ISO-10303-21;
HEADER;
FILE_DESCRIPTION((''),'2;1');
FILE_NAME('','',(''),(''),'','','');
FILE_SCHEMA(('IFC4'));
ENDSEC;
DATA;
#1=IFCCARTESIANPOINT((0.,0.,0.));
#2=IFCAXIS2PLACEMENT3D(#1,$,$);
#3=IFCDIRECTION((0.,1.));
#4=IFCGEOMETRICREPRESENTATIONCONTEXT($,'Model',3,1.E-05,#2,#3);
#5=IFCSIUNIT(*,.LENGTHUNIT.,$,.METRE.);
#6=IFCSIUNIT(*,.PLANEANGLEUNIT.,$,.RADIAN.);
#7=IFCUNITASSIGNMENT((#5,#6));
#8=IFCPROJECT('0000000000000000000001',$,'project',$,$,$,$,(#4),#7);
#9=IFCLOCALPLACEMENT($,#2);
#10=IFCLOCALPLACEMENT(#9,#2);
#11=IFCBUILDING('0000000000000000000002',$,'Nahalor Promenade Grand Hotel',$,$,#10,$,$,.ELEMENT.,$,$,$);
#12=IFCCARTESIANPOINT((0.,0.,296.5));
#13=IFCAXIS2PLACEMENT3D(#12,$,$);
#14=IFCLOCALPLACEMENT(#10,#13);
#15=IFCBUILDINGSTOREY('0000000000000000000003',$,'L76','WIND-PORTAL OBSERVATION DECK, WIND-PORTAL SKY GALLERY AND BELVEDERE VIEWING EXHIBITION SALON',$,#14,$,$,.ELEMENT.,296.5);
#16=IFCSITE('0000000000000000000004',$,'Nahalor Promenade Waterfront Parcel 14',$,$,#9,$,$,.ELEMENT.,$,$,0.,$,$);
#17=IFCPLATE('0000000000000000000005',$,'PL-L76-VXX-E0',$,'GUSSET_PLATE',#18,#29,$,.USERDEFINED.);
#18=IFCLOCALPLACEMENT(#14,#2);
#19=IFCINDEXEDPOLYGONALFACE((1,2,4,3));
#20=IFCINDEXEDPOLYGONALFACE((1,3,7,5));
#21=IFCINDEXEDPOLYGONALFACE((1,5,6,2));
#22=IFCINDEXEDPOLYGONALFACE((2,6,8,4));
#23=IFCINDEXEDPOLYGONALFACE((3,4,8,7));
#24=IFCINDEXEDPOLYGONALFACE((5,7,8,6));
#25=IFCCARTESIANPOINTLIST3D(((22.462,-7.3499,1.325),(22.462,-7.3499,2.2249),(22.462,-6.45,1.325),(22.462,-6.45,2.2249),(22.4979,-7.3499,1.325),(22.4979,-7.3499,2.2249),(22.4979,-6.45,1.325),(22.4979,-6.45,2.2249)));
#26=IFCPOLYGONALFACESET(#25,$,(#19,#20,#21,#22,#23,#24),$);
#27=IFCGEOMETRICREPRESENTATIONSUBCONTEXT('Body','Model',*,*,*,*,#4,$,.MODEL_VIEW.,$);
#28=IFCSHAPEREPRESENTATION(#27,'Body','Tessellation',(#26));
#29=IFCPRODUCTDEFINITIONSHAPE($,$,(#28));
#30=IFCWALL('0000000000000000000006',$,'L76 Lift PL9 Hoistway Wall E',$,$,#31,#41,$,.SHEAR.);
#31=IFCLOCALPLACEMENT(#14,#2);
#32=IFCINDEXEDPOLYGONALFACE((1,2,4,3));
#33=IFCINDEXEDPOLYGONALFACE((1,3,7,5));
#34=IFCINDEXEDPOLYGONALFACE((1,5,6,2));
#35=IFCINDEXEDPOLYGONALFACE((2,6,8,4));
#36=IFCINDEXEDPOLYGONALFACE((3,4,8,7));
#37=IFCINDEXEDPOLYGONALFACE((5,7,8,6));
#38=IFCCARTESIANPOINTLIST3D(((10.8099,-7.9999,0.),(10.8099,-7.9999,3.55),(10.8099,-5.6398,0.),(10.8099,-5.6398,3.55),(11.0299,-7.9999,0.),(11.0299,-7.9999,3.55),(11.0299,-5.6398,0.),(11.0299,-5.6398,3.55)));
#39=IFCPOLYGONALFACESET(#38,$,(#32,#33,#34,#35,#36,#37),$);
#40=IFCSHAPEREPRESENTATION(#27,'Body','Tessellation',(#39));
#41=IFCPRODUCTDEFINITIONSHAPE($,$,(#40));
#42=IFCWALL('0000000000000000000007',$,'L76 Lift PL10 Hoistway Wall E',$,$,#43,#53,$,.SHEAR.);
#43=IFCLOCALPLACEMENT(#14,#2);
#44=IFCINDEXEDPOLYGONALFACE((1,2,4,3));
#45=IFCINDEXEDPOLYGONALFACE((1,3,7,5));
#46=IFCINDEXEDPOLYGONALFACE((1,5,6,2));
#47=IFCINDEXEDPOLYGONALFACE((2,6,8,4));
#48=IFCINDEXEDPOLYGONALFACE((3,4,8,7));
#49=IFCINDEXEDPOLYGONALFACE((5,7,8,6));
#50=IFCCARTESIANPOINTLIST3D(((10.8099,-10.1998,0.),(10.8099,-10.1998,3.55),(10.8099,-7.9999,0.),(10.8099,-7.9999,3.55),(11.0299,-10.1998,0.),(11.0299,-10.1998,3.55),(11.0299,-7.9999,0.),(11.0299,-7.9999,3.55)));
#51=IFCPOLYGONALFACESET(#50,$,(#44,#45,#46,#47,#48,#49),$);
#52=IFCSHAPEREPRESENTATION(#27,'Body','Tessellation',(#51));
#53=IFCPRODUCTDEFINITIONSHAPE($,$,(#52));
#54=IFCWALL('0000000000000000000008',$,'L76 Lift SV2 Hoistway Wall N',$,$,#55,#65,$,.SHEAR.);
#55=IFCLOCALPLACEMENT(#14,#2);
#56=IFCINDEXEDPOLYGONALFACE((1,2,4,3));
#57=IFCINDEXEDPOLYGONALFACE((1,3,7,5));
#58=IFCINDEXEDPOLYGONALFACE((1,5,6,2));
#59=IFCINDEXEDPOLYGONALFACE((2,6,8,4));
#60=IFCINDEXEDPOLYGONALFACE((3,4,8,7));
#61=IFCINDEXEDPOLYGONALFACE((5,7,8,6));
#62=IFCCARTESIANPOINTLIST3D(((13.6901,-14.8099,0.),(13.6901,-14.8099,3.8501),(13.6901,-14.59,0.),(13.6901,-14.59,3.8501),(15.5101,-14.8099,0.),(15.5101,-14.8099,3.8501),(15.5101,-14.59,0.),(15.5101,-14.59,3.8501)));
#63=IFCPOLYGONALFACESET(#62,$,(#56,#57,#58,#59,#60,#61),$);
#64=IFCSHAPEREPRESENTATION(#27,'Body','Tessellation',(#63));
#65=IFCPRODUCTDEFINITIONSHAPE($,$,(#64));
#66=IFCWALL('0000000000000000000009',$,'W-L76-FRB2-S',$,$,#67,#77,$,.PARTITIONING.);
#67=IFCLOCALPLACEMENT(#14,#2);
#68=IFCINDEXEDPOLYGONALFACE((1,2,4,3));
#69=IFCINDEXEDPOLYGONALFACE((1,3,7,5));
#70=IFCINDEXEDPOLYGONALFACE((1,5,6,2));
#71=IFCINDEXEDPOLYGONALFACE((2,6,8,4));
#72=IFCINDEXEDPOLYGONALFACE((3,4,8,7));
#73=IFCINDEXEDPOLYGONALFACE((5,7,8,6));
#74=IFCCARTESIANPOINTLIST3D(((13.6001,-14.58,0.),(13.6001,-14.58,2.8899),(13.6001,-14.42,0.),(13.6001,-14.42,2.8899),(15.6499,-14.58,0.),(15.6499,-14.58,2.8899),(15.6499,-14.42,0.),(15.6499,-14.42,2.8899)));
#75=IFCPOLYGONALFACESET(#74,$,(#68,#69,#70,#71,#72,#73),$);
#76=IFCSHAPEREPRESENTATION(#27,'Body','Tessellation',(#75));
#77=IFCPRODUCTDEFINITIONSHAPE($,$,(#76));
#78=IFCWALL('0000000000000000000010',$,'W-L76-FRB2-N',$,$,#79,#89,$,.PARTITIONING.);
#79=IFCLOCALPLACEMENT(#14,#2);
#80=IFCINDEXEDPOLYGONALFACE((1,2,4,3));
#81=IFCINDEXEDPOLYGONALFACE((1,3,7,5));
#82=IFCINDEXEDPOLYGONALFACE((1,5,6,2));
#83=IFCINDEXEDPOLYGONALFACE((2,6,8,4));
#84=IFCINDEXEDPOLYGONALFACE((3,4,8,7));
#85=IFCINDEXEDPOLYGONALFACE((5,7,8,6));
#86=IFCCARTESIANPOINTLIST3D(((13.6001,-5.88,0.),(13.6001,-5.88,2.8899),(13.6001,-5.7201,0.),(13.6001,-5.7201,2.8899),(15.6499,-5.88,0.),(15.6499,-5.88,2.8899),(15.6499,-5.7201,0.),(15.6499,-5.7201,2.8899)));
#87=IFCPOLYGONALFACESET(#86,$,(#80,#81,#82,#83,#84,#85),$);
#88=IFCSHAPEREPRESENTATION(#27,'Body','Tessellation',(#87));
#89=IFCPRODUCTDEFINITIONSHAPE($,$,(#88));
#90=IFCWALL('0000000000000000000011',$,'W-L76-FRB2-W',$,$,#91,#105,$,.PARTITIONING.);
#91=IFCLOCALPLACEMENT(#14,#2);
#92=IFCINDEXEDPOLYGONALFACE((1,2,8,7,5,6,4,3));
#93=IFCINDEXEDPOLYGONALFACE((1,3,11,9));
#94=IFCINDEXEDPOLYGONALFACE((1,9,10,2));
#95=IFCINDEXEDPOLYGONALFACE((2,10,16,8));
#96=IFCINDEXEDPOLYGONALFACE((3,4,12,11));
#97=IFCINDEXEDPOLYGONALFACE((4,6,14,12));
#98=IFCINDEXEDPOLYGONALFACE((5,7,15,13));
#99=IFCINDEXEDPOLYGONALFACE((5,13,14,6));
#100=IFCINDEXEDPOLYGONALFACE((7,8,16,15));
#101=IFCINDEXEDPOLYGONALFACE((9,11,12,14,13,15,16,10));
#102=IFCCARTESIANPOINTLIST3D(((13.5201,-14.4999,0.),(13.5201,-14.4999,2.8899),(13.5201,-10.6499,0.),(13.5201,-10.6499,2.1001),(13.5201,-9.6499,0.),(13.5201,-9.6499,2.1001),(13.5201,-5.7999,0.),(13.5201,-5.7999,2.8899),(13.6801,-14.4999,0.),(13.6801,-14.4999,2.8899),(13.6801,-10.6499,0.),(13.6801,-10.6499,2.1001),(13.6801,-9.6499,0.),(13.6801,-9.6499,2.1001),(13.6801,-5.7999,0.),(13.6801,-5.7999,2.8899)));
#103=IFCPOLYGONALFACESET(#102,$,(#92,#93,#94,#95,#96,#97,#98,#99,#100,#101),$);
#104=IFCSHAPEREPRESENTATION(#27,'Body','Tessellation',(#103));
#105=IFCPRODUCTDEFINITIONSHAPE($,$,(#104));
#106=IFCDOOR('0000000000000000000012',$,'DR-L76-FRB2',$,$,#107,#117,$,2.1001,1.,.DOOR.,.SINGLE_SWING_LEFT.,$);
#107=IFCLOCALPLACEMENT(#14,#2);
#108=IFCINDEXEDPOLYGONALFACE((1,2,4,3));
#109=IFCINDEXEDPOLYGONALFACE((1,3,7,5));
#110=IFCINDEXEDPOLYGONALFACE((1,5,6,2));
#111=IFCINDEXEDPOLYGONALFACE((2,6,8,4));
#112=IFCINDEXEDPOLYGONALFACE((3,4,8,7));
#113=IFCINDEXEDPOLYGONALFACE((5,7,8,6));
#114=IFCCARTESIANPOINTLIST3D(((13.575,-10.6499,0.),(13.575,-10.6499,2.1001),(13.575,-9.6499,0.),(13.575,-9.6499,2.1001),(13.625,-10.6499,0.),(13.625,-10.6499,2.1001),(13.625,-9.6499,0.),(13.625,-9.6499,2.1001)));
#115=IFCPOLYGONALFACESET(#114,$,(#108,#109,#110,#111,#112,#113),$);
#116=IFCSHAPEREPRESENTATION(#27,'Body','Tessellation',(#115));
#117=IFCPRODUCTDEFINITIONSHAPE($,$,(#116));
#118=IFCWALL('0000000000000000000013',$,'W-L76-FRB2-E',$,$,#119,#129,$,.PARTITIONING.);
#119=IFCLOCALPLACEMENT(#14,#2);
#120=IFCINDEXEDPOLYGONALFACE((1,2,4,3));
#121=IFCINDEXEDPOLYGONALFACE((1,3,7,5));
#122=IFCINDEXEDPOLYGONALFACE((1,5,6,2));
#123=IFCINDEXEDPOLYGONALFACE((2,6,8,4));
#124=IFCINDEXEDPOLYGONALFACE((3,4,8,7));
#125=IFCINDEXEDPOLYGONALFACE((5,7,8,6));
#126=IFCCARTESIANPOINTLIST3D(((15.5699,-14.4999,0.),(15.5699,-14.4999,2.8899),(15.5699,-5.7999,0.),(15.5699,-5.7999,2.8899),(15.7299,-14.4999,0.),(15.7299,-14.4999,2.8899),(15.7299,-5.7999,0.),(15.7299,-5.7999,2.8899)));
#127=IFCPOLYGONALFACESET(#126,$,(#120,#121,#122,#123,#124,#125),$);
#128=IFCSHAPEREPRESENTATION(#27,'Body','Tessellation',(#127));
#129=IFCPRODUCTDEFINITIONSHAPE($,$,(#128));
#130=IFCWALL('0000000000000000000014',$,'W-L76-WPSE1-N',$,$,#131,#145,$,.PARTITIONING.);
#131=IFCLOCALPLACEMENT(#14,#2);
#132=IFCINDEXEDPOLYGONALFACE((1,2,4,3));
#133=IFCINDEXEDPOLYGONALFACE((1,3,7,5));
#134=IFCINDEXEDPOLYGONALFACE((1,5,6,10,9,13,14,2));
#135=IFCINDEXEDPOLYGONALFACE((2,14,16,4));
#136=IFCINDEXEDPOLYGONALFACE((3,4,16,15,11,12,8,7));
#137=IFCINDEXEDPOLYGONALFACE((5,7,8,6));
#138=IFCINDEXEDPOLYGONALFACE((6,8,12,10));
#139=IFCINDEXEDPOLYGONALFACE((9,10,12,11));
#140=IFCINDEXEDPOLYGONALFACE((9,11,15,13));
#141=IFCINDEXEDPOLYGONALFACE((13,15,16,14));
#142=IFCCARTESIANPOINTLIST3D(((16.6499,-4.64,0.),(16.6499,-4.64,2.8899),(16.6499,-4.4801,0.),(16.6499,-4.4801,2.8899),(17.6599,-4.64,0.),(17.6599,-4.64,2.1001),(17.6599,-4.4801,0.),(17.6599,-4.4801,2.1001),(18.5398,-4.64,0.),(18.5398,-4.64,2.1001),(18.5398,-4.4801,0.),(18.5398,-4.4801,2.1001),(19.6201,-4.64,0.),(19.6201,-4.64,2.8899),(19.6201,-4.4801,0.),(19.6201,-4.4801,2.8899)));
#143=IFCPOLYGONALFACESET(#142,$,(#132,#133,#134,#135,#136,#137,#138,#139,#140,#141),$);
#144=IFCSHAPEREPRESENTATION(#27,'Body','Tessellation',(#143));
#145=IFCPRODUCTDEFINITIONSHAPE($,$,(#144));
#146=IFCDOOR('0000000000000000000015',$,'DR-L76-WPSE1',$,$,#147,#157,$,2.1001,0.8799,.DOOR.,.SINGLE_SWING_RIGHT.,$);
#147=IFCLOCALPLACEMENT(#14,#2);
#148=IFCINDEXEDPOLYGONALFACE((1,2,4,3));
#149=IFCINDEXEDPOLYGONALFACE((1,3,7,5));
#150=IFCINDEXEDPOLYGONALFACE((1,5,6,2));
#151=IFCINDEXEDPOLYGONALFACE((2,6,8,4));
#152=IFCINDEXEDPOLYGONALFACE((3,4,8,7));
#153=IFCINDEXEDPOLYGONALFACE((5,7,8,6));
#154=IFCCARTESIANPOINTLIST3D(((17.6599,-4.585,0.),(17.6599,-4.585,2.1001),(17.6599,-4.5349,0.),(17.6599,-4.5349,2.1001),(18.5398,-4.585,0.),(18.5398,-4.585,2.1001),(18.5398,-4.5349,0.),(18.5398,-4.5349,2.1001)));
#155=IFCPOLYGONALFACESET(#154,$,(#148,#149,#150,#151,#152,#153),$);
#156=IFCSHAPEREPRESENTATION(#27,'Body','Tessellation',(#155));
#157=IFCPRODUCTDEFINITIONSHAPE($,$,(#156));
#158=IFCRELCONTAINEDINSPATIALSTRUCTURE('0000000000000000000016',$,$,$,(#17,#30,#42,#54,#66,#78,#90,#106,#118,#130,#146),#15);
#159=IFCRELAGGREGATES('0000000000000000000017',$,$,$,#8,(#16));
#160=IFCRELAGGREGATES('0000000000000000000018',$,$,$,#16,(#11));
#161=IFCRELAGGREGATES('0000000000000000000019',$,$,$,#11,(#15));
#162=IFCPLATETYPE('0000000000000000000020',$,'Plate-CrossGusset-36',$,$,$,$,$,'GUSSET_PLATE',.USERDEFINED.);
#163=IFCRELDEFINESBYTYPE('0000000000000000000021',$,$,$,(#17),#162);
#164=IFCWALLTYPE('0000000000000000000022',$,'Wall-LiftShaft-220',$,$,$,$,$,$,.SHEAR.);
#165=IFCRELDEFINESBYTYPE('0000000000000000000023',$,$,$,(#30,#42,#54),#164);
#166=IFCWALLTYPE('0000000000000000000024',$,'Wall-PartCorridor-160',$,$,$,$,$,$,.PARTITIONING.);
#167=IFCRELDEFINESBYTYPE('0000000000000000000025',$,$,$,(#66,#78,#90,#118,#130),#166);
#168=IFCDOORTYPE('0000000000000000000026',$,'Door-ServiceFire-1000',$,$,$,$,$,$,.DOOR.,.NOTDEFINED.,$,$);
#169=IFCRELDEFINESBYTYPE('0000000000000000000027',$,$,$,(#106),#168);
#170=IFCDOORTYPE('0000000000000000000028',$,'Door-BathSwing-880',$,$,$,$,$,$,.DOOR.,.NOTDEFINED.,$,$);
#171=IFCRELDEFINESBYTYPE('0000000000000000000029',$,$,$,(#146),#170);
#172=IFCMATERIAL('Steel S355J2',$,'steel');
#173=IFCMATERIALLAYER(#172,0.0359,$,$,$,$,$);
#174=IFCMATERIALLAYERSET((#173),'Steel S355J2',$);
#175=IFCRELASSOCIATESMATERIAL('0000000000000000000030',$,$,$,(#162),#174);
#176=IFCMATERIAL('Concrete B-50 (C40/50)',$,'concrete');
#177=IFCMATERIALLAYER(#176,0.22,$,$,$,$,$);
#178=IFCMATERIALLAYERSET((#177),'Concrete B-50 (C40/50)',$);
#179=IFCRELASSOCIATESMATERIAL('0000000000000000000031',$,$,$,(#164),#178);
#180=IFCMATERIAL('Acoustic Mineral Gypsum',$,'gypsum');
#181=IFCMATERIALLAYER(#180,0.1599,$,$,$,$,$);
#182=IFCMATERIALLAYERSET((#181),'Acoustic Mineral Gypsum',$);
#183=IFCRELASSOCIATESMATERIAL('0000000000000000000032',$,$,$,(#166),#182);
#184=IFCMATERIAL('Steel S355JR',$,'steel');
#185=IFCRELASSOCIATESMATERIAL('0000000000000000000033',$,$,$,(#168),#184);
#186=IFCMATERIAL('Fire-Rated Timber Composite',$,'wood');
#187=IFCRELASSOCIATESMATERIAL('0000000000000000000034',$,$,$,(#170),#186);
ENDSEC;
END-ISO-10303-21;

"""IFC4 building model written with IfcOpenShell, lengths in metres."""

from ifc_helpers import new_model, si_unit, direction, frame, frame_2d, origin, origin_2d, place, context, subcontext, project, spatial, rectangle, extrude, source, transform, mapped, material, layer, layer_set, type_object, element, fill, save


model = new_model("IFC4")

# Units and contexts
model_context = context("Model", 3, precision=1e-05, world=origin(), true_north=direction((0.0, 1.0)))
body_context = subcontext(model_context, "Body", "Model", "MODEL_VIEW")
ifc_project = project(units=[si_unit("LENGTHUNIT", "METRE"), si_unit("PLANEANGLEUNIT", "RADIAN")], contexts=[model_context])

# Site, building, storey
site_placement = place(None, origin())
site = spatial("IfcSite", under=ifc_project, at=site_placement, Name="Nahalor Promenade Waterfront Parcel 14", CompositionType="ELEMENT", RefElevation=0.0)
building_placement = place(site_placement, origin())
building = spatial("IfcBuilding", under=site, at=building_placement, Name="Nahalor Promenade Grand Hotel", CompositionType="ELEMENT")
storey_placement = place(building_placement, frame((0.0, 0.0, 296.5)))
storey = spatial("IfcBuildingStorey", under=building, at=storey_placement, Name="L76", Description="WIND-PORTAL OBSERVATION DECK, WIND-PORTAL SKY GALLERY AND BELVEDERE VIEWING EXHIBITION SALON", CompositionType="ELEMENT", Elevation=296.5)

# Shared definitions
ifc_material_1 = material(Name="Steel S355JR", Category="steel")

# Plate
ifc_material_2 = material(Name="Steel S355J2", Category="steel")
ifc_layer_1 = layer(ifc_material_2, 0.0359)
ifc_layer_set_1 = layer_set([ifc_layer_1], Name="Steel S355J2")
plate_type = type_object("IfcPlateType", Name="Plate-CrossGusset-36", ElementType="GUSSET_PLATE", PredefinedType="USERDEFINED", material=ifc_layer_set_1)
shared_shape_1 = source(origin(), body_context, "Body", "SweptSolid", [
    extrude(rectangle(XDim=0.8999, YDim=0.0359, at=origin_2d()), origin(), (0.0, 0.0, 1.0), 0.8999),
])
plate_placement = place(storey_placement, frame((22.48, -6.8999, 1.325), z_axis=(0.0, 0.0, 1.0), x_axis=(0.0, 1.0, 0.0)))
element("IfcPlate", 1, at=plate_placement, inside=storey, type_object=plate_type, Name="PL-L76-VXX-E0", ObjectType="GUSSET_PLATE", PredefinedType="USERDEFINED", context=body_context, shape_type="MappedRepresentation", body=[
    mapped(shared_shape_1, transform((0.0, 0.0, 0.0), scale=1.0)),
])

# Walls
ifc_material_3 = material(Name="Concrete B-50 (C40/50)", Category="concrete")
ifc_layer_2 = layer(ifc_material_3, 0.22)
ifc_layer_set_2 = layer_set([ifc_layer_2], Name="Concrete B-50 (C40/50)")
wall_type_1 = type_object("IfcWallType", Name="Wall-LiftShaft-220", PredefinedType="SHEAR", material=ifc_layer_set_2)
shared_shape_2 = source(origin(), body_context, "Body", "SweptSolid", [
    extrude(rectangle(XDim=2.3601, YDim=0.22, at=frame_2d((1.1802, 0.0))), origin(), (0.0, 0.0, 1.0), 3.55),
])
wall_1_placement = place(storey_placement, frame((10.9199, -8.0, 0.0), z_axis=(0.0, 0.0, 1.0), x_axis=(0.0, 1.0, 0.0)))
element("IfcWall", 2, at=wall_1_placement, inside=storey, type_object=wall_type_1, Name="L76 Lift PL9 Hoistway Wall E", PredefinedType="SHEAR", context=body_context, shape_type="MappedRepresentation", body=[
    mapped(shared_shape_2, transform((0.0, 0.0, 0.0), scale=1.0)),
])
shared_shape_3 = source(origin(), body_context, "Body", "SweptSolid", [
    extrude(rectangle(XDim=2.2, YDim=0.22, at=frame_2d((1.1001, 0.0))), origin(), (0.0, 0.0, 1.0), 3.55),
])
wall_2_placement = place(storey_placement, frame((10.9199, -10.2, 0.0), z_axis=(0.0, 0.0, 1.0), x_axis=(0.0, 1.0, 0.0)))
element("IfcWall", 3, at=wall_2_placement, inside=storey, type_object=wall_type_1, Name="L76 Lift PL10 Hoistway Wall E", PredefinedType="SHEAR", context=body_context, shape_type="MappedRepresentation", body=[
    mapped(shared_shape_3, transform((0.0, 0.0, 0.0), scale=1.0)),
])
shared_shape_4 = source(origin(), body_context, "Body", "SweptSolid", [
    extrude(rectangle(XDim=1.8201, YDim=0.22, at=frame_2d((0.9102, 0.0))), origin(), (0.0, 0.0, 1.0), 3.8501),
])
wall_3_placement = place(storey_placement, frame((13.6899, -14.7, 0.0), z_axis=(0.0, 0.0, 1.0), x_axis=(1.0, 0.0, 0.0)))
element("IfcWall", 4, at=wall_3_placement, inside=storey, type_object=wall_type_1, Name="L76 Lift SV2 Hoistway Wall N", PredefinedType="SHEAR", context=body_context, shape_type="MappedRepresentation", body=[
    mapped(shared_shape_4, transform((0.0, 0.0, 0.0), scale=1.0)),
])

# Walls
ifc_material_4 = material(Name="Acoustic Mineral Gypsum", Category="gypsum")
ifc_layer_3 = layer(ifc_material_4, 0.1599)
ifc_layer_set_3 = layer_set([ifc_layer_3], Name="Acoustic Mineral Gypsum")
wall_type_2 = type_object("IfcWallType", Name="Wall-PartCorridor-160", PredefinedType="PARTITIONING", material=ifc_layer_set_3)
shared_shape_5 = source(origin(), body_context, "Body", "SweptSolid", [
    extrude(rectangle(XDim=2.0498, YDim=0.1599, at=frame_2d((1.0249, 0.0))), origin(), (0.0, 0.0, 1.0), 2.8899),
])
for number, where, z_axis, x_axis, name in (
    (5, (13.6001, -14.5, 0.0), (0.0, 0.0, 1.0), (1.0, 0.0, 0.0), "W-L76-FRB2-S"),
    (6, (13.6001, -5.8, 0.0), (0.0, 0.0, 1.0), (1.0, 0.0, 0.0), "W-L76-FRB2-N"),
):
    element("IfcWall", number, at=place(storey_placement, frame(where, z_axis=z_axis, x_axis=x_axis)), inside=storey, type_object=wall_type_2, Name=name, PredefinedType="PARTITIONING", context=body_context, shape_type="MappedRepresentation", body=[
        mapped(shared_shape_5, transform((0.0, 0.0, 0.0), scale=1.0)),
    ])

# Wall, opening, door
shared_shape_6 = source(origin(), body_context, "Body", "SweptSolid", [
    extrude(rectangle(XDim=8.7, YDim=0.1599, at=frame_2d((4.3501, 0.0))), origin(), (0.0, 0.0, 1.0), 2.8899),
])
wall_4_placement = place(storey_placement, frame((13.6001, -14.5, 0.0), z_axis=(0.0, 0.0, 1.0), x_axis=(0.0, 1.0, 0.0)))
wall_4 = element("IfcWall", 7, at=wall_4_placement, inside=storey, type_object=wall_type_2, Name="W-L76-FRB2-W", PredefinedType="PARTITIONING", context=body_context, shape_type="MappedRepresentation", body=[
    mapped(shared_shape_6, transform((0.0, 0.0, 0.0), scale=1.0)),
])
opening_1_placement = place(wall_4_placement, frame((3.8501, 0.0, 0.0)))
opening_1 = element("IfcOpeningElement", 8, at=opening_1_placement, cuts=wall_4, PredefinedType="OPENING", context=body_context, shape_type="SweptSolid", body=[
    extrude(rectangle(XDim=1.0, YDim=2.1001, at=frame_2d((0.5, 1.05))), frame((0.0, 0.0898, 0.0), z_axis=(0.0, -1.0, 0.0), x_axis=(1.0, 0.0, 0.0)), (0.0, 0.0, 1.0), 0.1799),
])
door_type_1 = type_object("IfcDoorType", Name="Door-ServiceFire-1000", OperationType="NOTDEFINED", PredefinedType="DOOR", material=ifc_material_1)
shared_shape_7 = source(origin(), body_context, "Body", "SweptSolid", [
    extrude(rectangle(XDim=1.0, YDim=2.1001, at=frame_2d((0.5, 1.05))), frame((0.0, 0.0249, 0.0), z_axis=(0.0, -1.0, 0.0), x_axis=(1.0, 0.0, 0.0)), (0.0, 0.0, 1.0), 0.05),
])
door_1_placement = place(opening_1_placement, frame((1.0, 0.0, 0.0), z_axis=(0.0, 0.0, 1.0), x_axis=(-1.0, 0.0, 0.0)))
door_1 = element("IfcDoor", 9, at=door_1_placement, inside=storey, type_object=door_type_1, Name="DR-L76-FRB2", OperationType="SINGLE_SWING_LEFT", OverallHeight=2.1001, OverallWidth=1.0, PredefinedType="DOOR", context=body_context, shape_type="MappedRepresentation", body=[
    mapped(shared_shape_7, transform((0.0, 0.0, 0.0), scale=1.0)),
])
fill(opening_1, door_1)

# Wall
wall_5_placement = place(storey_placement, frame((15.6499, -14.5, 0.0), z_axis=(0.0, 0.0, 1.0), x_axis=(0.0, 1.0, 0.0)))
element("IfcWall", 10, at=wall_5_placement, inside=storey, type_object=wall_type_2, Name="W-L76-FRB2-E", PredefinedType="PARTITIONING", context=body_context, shape_type="MappedRepresentation", body=[
    mapped(shared_shape_6, transform((0.0, 0.0, 0.0), scale=1.0)),
])

# Wall, opening, door
shared_shape_8 = source(origin(), body_context, "Body", "SweptSolid", [
    extrude(rectangle(XDim=2.9702, YDim=0.1599, at=frame_2d((1.4851, 0.0))), origin(), (0.0, 0.0, 1.0), 2.8899),
])
wall_6_placement = place(storey_placement, frame((16.6499, -4.5601, 0.0), z_axis=(0.0, 0.0, 1.0), x_axis=(1.0, 0.0, 0.0)))
wall_6 = element("IfcWall", 11, at=wall_6_placement, inside=storey, type_object=wall_type_2, Name="W-L76-WPSE1-N", PredefinedType="PARTITIONING", context=body_context, shape_type="MappedRepresentation", body=[
    mapped(shared_shape_8, transform((0.0, 0.0, 0.0), scale=1.0)),
])
opening_2_placement = place(wall_6_placement, frame((1.01, 0.0, 0.0)))
opening_2 = element("IfcOpeningElement", 12, at=opening_2_placement, cuts=wall_6, PredefinedType="OPENING", context=body_context, shape_type="SweptSolid", body=[
    extrude(rectangle(XDim=0.8799, YDim=2.1001, at=frame_2d((0.4399, 1.05))), frame((0.0, 0.0898, 0.0), z_axis=(0.0, -1.0, 0.0), x_axis=(1.0, 0.0, 0.0)), (0.0, 0.0, 1.0), 0.1799),
])
ifc_material_5 = material(Name="Fire-Rated Timber Composite", Category="wood")
door_type_2 = type_object("IfcDoorType", Name="Door-BathSwing-880", OperationType="NOTDEFINED", PredefinedType="DOOR", material=ifc_material_5)
shared_shape_9 = source(origin(), body_context, "Body", "SweptSolid", [
    extrude(rectangle(XDim=0.8799, YDim=2.1001, at=frame_2d((0.4399, 1.05))), frame((0.0, 0.0249, 0.0), z_axis=(0.0, -1.0, 0.0), x_axis=(1.0, 0.0, 0.0)), (0.0, 0.0, 1.0), 0.05),
])
door_2_placement = place(opening_2_placement, frame((0.8799, 0.0, 0.0), z_axis=(0.0, 0.0, 1.0), x_axis=(-1.0, 0.0, 0.0)))
door_2 = element("IfcDoor", 13, at=door_2_placement, inside=storey, type_object=door_type_2, Name="DR-L76-WPSE1", OperationType="SINGLE_SWING_RIGHT", OverallHeight=2.1001, OverallWidth=0.8799, PredefinedType="DOOR", context=body_context, shape_type="MappedRepresentation", body=[
    mapped(shared_shape_9, transform((0.0, 0.0, 0.0), scale=1.0)),
])
fill(opening_2, door_2)

save(model, "model.ifc")
